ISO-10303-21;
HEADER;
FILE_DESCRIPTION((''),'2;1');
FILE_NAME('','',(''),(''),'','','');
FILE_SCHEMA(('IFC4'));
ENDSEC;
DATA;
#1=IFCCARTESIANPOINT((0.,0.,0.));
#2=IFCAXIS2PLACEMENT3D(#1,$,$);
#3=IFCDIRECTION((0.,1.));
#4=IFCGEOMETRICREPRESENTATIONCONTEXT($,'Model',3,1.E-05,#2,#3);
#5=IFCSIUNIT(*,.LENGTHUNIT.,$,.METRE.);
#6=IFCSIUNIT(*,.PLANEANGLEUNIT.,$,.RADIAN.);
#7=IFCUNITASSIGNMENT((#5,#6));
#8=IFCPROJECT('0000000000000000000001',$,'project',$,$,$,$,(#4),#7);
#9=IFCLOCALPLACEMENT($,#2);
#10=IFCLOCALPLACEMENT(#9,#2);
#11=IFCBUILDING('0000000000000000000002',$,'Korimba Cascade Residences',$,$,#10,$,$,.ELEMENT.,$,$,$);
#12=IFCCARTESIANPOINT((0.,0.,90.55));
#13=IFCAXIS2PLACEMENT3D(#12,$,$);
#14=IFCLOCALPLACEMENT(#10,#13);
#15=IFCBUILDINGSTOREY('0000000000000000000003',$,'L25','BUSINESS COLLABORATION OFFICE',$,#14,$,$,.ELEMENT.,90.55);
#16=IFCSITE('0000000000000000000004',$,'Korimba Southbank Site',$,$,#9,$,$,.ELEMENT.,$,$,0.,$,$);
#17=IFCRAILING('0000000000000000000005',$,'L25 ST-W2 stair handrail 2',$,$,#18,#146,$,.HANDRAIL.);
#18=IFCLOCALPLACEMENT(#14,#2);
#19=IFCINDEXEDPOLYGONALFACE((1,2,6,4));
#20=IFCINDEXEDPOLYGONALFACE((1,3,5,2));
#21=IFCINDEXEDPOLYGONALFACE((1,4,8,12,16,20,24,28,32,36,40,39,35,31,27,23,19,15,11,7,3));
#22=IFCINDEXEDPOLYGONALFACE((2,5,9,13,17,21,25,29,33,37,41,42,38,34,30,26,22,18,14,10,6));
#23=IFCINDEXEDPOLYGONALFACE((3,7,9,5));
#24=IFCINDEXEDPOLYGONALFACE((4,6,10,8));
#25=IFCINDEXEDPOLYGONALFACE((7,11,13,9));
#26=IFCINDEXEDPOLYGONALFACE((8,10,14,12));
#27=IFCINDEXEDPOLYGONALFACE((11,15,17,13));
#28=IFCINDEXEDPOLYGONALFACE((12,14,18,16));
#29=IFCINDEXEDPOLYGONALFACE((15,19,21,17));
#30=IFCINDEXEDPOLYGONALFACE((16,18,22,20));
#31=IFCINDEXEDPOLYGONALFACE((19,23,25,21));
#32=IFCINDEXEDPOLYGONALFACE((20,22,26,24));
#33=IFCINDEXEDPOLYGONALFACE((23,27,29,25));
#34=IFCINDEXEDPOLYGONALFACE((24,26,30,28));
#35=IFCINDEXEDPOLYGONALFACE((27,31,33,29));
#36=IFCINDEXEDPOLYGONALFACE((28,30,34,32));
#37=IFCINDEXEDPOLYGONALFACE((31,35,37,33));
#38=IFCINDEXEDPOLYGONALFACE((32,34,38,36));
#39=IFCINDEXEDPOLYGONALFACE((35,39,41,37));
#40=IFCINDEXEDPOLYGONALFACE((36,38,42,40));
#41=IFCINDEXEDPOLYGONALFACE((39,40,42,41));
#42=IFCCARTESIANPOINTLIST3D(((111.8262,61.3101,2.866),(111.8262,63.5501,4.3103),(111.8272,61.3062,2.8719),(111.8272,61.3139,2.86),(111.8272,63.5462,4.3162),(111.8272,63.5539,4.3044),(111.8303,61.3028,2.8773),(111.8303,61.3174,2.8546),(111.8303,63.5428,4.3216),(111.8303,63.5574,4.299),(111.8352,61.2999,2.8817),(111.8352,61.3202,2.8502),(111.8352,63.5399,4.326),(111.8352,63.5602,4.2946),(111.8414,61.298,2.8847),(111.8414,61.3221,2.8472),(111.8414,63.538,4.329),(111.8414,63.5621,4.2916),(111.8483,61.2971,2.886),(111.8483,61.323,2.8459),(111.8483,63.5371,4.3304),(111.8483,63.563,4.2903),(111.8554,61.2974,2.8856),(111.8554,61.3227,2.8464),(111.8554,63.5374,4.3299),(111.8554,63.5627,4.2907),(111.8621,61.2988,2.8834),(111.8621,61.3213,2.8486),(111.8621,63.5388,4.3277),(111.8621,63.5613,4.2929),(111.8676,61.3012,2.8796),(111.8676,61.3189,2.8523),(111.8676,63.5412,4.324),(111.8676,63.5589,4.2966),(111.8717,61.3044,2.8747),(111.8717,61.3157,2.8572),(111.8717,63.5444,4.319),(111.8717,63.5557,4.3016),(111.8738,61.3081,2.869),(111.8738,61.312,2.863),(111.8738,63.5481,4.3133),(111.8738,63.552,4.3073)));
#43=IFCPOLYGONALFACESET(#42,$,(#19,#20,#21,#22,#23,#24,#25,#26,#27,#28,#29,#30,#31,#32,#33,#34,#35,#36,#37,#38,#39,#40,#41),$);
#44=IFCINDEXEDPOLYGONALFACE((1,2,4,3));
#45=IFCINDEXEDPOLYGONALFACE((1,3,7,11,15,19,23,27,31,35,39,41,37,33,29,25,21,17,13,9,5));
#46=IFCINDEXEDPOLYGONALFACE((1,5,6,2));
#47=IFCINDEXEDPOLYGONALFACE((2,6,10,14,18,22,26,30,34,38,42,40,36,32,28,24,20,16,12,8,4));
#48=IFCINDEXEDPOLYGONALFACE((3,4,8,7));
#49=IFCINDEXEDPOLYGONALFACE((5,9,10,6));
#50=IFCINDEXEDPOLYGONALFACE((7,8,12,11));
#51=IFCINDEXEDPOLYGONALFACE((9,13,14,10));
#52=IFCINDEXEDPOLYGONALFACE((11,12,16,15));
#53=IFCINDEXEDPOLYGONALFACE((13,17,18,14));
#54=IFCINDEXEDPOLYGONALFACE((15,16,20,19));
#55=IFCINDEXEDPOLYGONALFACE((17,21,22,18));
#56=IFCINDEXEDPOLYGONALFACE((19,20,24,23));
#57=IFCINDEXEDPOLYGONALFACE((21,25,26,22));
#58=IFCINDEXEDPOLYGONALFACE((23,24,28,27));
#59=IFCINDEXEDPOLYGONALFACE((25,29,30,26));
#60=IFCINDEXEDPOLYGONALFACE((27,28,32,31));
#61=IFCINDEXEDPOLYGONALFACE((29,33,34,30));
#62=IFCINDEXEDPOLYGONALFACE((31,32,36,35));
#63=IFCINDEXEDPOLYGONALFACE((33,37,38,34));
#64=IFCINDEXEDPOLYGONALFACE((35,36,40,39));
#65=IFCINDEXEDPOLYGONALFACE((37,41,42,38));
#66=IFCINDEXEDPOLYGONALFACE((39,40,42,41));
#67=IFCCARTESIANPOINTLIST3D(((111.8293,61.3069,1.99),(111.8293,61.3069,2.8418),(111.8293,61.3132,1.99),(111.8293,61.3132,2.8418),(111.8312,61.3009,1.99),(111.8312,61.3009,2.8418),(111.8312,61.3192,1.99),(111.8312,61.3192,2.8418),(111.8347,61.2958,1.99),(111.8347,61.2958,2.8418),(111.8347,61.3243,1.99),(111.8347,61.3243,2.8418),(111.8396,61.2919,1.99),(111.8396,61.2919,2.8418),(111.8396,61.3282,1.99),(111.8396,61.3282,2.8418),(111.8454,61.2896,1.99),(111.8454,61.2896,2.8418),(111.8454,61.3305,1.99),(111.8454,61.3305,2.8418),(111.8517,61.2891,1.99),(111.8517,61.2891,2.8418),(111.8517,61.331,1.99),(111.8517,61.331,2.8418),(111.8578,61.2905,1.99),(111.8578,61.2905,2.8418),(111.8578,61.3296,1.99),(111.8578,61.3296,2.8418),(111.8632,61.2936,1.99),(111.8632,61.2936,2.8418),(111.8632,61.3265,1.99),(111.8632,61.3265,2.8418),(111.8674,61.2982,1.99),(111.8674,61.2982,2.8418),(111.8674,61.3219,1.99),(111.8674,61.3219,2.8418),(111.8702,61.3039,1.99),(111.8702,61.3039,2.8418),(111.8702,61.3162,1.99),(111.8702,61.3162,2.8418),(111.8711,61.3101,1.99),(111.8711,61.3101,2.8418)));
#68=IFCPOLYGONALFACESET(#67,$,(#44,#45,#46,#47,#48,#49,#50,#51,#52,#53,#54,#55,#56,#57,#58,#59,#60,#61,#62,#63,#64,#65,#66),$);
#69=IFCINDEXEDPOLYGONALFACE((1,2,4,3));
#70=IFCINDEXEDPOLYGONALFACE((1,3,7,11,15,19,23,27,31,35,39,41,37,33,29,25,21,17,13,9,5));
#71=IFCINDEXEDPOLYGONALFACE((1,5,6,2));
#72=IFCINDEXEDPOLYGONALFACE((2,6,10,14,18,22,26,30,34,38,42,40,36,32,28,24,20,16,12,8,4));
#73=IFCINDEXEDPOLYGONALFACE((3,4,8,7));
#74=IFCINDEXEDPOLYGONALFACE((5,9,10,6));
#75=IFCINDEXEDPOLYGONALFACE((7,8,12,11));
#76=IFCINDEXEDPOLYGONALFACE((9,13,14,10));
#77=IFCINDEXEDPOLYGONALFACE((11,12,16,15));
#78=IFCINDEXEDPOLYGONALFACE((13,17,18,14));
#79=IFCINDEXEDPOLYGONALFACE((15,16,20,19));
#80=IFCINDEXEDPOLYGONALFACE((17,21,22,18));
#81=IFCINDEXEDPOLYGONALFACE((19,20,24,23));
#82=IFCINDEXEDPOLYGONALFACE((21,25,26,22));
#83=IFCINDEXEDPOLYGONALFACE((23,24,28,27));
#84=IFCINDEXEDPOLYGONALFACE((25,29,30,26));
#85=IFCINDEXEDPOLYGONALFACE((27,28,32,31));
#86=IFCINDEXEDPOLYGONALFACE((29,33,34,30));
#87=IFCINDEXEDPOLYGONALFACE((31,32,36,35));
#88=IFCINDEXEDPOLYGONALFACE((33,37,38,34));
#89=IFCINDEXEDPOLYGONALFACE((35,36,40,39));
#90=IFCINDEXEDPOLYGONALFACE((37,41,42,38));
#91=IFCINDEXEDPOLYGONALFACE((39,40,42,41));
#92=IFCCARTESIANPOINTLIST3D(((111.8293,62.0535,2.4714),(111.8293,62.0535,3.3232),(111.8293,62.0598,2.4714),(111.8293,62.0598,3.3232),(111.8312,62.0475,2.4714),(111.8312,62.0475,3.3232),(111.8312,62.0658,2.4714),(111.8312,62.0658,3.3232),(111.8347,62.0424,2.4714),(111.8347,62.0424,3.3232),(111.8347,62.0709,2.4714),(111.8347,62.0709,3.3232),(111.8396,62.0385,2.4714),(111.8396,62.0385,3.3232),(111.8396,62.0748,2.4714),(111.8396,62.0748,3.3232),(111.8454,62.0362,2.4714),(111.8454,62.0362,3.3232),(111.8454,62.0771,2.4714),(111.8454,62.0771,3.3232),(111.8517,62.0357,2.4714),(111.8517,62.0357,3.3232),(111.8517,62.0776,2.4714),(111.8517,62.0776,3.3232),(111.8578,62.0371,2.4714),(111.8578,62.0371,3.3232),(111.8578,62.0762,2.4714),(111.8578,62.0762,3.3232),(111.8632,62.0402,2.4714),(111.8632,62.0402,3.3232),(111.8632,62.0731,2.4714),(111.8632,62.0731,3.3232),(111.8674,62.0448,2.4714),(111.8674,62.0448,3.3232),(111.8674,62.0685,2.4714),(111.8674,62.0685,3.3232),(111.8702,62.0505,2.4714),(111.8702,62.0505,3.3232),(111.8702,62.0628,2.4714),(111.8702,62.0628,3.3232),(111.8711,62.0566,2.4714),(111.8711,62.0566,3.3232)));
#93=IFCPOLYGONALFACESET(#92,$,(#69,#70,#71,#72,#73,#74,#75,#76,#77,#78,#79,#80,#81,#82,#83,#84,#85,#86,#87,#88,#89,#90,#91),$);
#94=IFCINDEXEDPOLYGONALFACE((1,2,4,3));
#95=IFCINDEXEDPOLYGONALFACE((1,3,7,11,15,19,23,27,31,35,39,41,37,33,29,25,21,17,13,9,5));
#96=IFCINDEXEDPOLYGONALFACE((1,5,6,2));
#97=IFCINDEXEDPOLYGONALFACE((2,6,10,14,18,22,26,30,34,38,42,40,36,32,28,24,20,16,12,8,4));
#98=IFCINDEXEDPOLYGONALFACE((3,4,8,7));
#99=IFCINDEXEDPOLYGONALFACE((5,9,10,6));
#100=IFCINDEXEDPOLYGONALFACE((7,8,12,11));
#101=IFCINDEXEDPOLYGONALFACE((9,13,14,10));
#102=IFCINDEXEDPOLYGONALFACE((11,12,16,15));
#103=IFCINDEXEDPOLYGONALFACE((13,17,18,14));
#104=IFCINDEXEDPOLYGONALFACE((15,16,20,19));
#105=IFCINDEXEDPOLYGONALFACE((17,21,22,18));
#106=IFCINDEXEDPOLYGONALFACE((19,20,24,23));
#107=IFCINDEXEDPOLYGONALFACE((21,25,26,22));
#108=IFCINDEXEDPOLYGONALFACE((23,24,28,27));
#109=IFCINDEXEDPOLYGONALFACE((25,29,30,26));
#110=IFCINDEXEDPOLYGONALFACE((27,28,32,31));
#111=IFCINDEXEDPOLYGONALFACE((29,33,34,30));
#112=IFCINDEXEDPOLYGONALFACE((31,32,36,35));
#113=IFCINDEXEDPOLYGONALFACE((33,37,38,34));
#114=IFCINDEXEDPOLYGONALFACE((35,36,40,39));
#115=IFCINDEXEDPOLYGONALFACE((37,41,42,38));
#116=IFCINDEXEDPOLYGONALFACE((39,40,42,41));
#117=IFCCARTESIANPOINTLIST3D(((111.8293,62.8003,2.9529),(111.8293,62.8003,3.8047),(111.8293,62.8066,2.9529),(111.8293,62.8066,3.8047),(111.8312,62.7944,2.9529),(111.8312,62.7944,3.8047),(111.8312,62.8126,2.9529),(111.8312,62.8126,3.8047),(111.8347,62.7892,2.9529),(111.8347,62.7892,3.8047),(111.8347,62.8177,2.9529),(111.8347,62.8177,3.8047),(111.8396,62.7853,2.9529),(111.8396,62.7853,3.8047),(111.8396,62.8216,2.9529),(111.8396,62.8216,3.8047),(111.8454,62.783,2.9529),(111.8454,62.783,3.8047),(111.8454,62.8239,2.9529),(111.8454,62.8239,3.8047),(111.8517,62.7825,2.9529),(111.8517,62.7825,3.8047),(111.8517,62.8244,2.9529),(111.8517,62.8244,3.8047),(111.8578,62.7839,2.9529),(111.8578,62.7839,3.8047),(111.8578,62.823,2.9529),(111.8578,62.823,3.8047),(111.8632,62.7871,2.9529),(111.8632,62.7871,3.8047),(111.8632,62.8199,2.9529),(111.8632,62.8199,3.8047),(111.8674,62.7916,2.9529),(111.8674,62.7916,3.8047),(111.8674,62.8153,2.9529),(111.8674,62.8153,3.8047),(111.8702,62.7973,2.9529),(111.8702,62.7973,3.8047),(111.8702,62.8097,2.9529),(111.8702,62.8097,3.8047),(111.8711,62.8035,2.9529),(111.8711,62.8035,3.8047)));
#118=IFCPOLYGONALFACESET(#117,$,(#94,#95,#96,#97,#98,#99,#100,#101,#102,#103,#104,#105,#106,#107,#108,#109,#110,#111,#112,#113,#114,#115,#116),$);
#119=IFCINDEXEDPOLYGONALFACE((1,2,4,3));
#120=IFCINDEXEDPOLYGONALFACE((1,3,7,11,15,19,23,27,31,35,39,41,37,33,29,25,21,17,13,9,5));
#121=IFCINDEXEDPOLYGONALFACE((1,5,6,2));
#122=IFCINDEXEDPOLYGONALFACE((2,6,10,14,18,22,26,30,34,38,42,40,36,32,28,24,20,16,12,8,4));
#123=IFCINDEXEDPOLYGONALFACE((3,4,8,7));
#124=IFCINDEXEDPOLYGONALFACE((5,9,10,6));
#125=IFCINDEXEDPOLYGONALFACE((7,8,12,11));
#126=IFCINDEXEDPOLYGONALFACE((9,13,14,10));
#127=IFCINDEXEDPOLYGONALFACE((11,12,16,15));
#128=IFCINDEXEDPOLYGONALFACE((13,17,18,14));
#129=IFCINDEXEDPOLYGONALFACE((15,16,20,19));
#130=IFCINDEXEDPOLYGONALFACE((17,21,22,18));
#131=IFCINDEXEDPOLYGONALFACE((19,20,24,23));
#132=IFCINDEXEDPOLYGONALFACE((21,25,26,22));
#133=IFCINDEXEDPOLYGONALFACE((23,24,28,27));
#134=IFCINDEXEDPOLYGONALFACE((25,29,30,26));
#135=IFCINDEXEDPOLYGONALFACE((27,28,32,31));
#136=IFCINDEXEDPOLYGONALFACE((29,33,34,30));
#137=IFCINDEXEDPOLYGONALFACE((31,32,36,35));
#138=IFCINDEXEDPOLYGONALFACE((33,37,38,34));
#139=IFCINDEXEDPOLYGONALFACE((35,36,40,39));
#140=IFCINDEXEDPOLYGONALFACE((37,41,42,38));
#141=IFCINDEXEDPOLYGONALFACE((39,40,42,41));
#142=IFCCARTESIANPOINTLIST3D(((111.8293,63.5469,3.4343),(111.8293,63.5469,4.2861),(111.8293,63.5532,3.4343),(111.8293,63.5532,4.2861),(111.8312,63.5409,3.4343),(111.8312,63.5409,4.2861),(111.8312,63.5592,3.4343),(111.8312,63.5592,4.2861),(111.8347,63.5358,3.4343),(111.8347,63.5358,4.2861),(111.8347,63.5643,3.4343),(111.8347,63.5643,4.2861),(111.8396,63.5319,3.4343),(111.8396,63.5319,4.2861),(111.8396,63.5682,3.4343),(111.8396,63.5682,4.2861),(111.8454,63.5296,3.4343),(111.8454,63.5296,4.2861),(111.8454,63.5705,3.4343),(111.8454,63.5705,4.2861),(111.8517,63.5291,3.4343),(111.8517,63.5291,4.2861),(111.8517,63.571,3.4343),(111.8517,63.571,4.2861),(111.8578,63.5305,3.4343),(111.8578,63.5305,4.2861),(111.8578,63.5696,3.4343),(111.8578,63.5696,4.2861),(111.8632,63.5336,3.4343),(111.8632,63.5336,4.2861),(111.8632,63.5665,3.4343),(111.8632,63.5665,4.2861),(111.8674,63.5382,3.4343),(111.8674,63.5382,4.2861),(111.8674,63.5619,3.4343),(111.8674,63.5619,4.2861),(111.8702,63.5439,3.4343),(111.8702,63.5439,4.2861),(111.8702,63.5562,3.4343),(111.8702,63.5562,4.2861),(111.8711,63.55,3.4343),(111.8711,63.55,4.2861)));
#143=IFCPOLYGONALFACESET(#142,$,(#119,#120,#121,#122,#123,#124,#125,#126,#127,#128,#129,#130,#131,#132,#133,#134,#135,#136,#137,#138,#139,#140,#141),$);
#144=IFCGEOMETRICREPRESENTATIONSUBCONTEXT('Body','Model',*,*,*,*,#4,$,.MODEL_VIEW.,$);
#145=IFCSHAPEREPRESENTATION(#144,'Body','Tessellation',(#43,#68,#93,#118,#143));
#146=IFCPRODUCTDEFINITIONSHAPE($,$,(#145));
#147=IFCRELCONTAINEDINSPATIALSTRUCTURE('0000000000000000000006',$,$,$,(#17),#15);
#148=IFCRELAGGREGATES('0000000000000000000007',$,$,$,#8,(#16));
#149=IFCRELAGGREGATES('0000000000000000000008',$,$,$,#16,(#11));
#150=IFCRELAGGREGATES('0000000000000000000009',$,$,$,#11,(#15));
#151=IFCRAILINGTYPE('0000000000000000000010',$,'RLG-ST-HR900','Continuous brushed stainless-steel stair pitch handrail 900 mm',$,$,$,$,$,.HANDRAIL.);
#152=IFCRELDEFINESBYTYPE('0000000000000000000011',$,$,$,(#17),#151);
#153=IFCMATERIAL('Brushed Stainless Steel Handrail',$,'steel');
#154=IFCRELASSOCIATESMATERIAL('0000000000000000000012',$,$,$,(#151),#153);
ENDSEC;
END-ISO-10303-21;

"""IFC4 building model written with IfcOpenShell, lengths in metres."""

from ifc_helpers import new_model, si_unit, direction, frame, origin, origin_2d, place, context, subcontext, project, spatial, circle, extrude, material, type_object, element, save


model = new_model("IFC4")

# Units and contexts
model_context = context("Model", 3, precision=1e-05, world=origin(), true_north=direction((0.0, 1.0)))
body_context = subcontext(model_context, "Body", "Model", "MODEL_VIEW")
ifc_project = project(units=[si_unit("LENGTHUNIT", "METRE"), si_unit("PLANEANGLEUNIT", "RADIAN")], contexts=[model_context])

# Site, building, storey
site_placement = place(None, origin())
site = spatial("IfcSite", under=ifc_project, at=site_placement, Name="Korimba Southbank Site", CompositionType="ELEMENT", RefElevation=0.0)
building_placement = place(site_placement, origin())
building = spatial("IfcBuilding", under=site, at=building_placement, Name="Korimba Cascade Residences", CompositionType="ELEMENT")
storey_placement = place(building_placement, frame((0.0, 0.0, 90.55)))
storey = spatial("IfcBuildingStorey", under=building, at=storey_placement, Name="L25", Description="BUSINESS COLLABORATION OFFICE", CompositionType="ELEMENT", Elevation=90.55)

# Railing
ifc_material_1 = material(Name="Brushed Stainless Steel Handrail", Category="steel")
railing_type_1 = type_object("IfcRailingType", Name="RLG-ST-HR900", Description="Continuous brushed stainless-steel stair pitch handrail 900 mm", PredefinedType="HANDRAIL", material=ifc_material_1)
railing_1_placement = place(storey_placement, frame((111.8501, 61.3101, 1.99)))
element("IfcRailing", 1, at=railing_1_placement, inside=storey, type_object=railing_type_1, Name="L25 ST-W2 stair handrail 2", PredefinedType="HANDRAIL", context=body_context, shape_type="SweptSolid", body=[
    extrude(circle(Radius=0.0239, at=origin_2d()), frame((0.0, 0.0, 0.876), z_axis=(0.0, 0.840437, 0.54191), x_axis=(-1.0, 0.0, 0.0)), (0.0, 0.0, 1.0), 2.6653),
    extrude(circle(Radius=0.021, at=origin_2d()), origin(), (0.0, 0.0, 1.0), 0.8518),
    extrude(circle(Radius=0.021, at=origin_2d()), frame((0.0, 0.7466, 0.4814)), (0.0, 0.0, 1.0), 0.8518),
    extrude(circle(Radius=0.021, at=origin_2d()), frame((0.0, 1.4934, 0.9629)), (0.0, 0.0, 1.0), 0.8518),
    extrude(circle(Radius=0.021, at=origin_2d()), frame((0.0, 2.24, 1.4443)), (0.0, 0.0, 1.0), 0.8518),
])

save(model, "model.ifc")
